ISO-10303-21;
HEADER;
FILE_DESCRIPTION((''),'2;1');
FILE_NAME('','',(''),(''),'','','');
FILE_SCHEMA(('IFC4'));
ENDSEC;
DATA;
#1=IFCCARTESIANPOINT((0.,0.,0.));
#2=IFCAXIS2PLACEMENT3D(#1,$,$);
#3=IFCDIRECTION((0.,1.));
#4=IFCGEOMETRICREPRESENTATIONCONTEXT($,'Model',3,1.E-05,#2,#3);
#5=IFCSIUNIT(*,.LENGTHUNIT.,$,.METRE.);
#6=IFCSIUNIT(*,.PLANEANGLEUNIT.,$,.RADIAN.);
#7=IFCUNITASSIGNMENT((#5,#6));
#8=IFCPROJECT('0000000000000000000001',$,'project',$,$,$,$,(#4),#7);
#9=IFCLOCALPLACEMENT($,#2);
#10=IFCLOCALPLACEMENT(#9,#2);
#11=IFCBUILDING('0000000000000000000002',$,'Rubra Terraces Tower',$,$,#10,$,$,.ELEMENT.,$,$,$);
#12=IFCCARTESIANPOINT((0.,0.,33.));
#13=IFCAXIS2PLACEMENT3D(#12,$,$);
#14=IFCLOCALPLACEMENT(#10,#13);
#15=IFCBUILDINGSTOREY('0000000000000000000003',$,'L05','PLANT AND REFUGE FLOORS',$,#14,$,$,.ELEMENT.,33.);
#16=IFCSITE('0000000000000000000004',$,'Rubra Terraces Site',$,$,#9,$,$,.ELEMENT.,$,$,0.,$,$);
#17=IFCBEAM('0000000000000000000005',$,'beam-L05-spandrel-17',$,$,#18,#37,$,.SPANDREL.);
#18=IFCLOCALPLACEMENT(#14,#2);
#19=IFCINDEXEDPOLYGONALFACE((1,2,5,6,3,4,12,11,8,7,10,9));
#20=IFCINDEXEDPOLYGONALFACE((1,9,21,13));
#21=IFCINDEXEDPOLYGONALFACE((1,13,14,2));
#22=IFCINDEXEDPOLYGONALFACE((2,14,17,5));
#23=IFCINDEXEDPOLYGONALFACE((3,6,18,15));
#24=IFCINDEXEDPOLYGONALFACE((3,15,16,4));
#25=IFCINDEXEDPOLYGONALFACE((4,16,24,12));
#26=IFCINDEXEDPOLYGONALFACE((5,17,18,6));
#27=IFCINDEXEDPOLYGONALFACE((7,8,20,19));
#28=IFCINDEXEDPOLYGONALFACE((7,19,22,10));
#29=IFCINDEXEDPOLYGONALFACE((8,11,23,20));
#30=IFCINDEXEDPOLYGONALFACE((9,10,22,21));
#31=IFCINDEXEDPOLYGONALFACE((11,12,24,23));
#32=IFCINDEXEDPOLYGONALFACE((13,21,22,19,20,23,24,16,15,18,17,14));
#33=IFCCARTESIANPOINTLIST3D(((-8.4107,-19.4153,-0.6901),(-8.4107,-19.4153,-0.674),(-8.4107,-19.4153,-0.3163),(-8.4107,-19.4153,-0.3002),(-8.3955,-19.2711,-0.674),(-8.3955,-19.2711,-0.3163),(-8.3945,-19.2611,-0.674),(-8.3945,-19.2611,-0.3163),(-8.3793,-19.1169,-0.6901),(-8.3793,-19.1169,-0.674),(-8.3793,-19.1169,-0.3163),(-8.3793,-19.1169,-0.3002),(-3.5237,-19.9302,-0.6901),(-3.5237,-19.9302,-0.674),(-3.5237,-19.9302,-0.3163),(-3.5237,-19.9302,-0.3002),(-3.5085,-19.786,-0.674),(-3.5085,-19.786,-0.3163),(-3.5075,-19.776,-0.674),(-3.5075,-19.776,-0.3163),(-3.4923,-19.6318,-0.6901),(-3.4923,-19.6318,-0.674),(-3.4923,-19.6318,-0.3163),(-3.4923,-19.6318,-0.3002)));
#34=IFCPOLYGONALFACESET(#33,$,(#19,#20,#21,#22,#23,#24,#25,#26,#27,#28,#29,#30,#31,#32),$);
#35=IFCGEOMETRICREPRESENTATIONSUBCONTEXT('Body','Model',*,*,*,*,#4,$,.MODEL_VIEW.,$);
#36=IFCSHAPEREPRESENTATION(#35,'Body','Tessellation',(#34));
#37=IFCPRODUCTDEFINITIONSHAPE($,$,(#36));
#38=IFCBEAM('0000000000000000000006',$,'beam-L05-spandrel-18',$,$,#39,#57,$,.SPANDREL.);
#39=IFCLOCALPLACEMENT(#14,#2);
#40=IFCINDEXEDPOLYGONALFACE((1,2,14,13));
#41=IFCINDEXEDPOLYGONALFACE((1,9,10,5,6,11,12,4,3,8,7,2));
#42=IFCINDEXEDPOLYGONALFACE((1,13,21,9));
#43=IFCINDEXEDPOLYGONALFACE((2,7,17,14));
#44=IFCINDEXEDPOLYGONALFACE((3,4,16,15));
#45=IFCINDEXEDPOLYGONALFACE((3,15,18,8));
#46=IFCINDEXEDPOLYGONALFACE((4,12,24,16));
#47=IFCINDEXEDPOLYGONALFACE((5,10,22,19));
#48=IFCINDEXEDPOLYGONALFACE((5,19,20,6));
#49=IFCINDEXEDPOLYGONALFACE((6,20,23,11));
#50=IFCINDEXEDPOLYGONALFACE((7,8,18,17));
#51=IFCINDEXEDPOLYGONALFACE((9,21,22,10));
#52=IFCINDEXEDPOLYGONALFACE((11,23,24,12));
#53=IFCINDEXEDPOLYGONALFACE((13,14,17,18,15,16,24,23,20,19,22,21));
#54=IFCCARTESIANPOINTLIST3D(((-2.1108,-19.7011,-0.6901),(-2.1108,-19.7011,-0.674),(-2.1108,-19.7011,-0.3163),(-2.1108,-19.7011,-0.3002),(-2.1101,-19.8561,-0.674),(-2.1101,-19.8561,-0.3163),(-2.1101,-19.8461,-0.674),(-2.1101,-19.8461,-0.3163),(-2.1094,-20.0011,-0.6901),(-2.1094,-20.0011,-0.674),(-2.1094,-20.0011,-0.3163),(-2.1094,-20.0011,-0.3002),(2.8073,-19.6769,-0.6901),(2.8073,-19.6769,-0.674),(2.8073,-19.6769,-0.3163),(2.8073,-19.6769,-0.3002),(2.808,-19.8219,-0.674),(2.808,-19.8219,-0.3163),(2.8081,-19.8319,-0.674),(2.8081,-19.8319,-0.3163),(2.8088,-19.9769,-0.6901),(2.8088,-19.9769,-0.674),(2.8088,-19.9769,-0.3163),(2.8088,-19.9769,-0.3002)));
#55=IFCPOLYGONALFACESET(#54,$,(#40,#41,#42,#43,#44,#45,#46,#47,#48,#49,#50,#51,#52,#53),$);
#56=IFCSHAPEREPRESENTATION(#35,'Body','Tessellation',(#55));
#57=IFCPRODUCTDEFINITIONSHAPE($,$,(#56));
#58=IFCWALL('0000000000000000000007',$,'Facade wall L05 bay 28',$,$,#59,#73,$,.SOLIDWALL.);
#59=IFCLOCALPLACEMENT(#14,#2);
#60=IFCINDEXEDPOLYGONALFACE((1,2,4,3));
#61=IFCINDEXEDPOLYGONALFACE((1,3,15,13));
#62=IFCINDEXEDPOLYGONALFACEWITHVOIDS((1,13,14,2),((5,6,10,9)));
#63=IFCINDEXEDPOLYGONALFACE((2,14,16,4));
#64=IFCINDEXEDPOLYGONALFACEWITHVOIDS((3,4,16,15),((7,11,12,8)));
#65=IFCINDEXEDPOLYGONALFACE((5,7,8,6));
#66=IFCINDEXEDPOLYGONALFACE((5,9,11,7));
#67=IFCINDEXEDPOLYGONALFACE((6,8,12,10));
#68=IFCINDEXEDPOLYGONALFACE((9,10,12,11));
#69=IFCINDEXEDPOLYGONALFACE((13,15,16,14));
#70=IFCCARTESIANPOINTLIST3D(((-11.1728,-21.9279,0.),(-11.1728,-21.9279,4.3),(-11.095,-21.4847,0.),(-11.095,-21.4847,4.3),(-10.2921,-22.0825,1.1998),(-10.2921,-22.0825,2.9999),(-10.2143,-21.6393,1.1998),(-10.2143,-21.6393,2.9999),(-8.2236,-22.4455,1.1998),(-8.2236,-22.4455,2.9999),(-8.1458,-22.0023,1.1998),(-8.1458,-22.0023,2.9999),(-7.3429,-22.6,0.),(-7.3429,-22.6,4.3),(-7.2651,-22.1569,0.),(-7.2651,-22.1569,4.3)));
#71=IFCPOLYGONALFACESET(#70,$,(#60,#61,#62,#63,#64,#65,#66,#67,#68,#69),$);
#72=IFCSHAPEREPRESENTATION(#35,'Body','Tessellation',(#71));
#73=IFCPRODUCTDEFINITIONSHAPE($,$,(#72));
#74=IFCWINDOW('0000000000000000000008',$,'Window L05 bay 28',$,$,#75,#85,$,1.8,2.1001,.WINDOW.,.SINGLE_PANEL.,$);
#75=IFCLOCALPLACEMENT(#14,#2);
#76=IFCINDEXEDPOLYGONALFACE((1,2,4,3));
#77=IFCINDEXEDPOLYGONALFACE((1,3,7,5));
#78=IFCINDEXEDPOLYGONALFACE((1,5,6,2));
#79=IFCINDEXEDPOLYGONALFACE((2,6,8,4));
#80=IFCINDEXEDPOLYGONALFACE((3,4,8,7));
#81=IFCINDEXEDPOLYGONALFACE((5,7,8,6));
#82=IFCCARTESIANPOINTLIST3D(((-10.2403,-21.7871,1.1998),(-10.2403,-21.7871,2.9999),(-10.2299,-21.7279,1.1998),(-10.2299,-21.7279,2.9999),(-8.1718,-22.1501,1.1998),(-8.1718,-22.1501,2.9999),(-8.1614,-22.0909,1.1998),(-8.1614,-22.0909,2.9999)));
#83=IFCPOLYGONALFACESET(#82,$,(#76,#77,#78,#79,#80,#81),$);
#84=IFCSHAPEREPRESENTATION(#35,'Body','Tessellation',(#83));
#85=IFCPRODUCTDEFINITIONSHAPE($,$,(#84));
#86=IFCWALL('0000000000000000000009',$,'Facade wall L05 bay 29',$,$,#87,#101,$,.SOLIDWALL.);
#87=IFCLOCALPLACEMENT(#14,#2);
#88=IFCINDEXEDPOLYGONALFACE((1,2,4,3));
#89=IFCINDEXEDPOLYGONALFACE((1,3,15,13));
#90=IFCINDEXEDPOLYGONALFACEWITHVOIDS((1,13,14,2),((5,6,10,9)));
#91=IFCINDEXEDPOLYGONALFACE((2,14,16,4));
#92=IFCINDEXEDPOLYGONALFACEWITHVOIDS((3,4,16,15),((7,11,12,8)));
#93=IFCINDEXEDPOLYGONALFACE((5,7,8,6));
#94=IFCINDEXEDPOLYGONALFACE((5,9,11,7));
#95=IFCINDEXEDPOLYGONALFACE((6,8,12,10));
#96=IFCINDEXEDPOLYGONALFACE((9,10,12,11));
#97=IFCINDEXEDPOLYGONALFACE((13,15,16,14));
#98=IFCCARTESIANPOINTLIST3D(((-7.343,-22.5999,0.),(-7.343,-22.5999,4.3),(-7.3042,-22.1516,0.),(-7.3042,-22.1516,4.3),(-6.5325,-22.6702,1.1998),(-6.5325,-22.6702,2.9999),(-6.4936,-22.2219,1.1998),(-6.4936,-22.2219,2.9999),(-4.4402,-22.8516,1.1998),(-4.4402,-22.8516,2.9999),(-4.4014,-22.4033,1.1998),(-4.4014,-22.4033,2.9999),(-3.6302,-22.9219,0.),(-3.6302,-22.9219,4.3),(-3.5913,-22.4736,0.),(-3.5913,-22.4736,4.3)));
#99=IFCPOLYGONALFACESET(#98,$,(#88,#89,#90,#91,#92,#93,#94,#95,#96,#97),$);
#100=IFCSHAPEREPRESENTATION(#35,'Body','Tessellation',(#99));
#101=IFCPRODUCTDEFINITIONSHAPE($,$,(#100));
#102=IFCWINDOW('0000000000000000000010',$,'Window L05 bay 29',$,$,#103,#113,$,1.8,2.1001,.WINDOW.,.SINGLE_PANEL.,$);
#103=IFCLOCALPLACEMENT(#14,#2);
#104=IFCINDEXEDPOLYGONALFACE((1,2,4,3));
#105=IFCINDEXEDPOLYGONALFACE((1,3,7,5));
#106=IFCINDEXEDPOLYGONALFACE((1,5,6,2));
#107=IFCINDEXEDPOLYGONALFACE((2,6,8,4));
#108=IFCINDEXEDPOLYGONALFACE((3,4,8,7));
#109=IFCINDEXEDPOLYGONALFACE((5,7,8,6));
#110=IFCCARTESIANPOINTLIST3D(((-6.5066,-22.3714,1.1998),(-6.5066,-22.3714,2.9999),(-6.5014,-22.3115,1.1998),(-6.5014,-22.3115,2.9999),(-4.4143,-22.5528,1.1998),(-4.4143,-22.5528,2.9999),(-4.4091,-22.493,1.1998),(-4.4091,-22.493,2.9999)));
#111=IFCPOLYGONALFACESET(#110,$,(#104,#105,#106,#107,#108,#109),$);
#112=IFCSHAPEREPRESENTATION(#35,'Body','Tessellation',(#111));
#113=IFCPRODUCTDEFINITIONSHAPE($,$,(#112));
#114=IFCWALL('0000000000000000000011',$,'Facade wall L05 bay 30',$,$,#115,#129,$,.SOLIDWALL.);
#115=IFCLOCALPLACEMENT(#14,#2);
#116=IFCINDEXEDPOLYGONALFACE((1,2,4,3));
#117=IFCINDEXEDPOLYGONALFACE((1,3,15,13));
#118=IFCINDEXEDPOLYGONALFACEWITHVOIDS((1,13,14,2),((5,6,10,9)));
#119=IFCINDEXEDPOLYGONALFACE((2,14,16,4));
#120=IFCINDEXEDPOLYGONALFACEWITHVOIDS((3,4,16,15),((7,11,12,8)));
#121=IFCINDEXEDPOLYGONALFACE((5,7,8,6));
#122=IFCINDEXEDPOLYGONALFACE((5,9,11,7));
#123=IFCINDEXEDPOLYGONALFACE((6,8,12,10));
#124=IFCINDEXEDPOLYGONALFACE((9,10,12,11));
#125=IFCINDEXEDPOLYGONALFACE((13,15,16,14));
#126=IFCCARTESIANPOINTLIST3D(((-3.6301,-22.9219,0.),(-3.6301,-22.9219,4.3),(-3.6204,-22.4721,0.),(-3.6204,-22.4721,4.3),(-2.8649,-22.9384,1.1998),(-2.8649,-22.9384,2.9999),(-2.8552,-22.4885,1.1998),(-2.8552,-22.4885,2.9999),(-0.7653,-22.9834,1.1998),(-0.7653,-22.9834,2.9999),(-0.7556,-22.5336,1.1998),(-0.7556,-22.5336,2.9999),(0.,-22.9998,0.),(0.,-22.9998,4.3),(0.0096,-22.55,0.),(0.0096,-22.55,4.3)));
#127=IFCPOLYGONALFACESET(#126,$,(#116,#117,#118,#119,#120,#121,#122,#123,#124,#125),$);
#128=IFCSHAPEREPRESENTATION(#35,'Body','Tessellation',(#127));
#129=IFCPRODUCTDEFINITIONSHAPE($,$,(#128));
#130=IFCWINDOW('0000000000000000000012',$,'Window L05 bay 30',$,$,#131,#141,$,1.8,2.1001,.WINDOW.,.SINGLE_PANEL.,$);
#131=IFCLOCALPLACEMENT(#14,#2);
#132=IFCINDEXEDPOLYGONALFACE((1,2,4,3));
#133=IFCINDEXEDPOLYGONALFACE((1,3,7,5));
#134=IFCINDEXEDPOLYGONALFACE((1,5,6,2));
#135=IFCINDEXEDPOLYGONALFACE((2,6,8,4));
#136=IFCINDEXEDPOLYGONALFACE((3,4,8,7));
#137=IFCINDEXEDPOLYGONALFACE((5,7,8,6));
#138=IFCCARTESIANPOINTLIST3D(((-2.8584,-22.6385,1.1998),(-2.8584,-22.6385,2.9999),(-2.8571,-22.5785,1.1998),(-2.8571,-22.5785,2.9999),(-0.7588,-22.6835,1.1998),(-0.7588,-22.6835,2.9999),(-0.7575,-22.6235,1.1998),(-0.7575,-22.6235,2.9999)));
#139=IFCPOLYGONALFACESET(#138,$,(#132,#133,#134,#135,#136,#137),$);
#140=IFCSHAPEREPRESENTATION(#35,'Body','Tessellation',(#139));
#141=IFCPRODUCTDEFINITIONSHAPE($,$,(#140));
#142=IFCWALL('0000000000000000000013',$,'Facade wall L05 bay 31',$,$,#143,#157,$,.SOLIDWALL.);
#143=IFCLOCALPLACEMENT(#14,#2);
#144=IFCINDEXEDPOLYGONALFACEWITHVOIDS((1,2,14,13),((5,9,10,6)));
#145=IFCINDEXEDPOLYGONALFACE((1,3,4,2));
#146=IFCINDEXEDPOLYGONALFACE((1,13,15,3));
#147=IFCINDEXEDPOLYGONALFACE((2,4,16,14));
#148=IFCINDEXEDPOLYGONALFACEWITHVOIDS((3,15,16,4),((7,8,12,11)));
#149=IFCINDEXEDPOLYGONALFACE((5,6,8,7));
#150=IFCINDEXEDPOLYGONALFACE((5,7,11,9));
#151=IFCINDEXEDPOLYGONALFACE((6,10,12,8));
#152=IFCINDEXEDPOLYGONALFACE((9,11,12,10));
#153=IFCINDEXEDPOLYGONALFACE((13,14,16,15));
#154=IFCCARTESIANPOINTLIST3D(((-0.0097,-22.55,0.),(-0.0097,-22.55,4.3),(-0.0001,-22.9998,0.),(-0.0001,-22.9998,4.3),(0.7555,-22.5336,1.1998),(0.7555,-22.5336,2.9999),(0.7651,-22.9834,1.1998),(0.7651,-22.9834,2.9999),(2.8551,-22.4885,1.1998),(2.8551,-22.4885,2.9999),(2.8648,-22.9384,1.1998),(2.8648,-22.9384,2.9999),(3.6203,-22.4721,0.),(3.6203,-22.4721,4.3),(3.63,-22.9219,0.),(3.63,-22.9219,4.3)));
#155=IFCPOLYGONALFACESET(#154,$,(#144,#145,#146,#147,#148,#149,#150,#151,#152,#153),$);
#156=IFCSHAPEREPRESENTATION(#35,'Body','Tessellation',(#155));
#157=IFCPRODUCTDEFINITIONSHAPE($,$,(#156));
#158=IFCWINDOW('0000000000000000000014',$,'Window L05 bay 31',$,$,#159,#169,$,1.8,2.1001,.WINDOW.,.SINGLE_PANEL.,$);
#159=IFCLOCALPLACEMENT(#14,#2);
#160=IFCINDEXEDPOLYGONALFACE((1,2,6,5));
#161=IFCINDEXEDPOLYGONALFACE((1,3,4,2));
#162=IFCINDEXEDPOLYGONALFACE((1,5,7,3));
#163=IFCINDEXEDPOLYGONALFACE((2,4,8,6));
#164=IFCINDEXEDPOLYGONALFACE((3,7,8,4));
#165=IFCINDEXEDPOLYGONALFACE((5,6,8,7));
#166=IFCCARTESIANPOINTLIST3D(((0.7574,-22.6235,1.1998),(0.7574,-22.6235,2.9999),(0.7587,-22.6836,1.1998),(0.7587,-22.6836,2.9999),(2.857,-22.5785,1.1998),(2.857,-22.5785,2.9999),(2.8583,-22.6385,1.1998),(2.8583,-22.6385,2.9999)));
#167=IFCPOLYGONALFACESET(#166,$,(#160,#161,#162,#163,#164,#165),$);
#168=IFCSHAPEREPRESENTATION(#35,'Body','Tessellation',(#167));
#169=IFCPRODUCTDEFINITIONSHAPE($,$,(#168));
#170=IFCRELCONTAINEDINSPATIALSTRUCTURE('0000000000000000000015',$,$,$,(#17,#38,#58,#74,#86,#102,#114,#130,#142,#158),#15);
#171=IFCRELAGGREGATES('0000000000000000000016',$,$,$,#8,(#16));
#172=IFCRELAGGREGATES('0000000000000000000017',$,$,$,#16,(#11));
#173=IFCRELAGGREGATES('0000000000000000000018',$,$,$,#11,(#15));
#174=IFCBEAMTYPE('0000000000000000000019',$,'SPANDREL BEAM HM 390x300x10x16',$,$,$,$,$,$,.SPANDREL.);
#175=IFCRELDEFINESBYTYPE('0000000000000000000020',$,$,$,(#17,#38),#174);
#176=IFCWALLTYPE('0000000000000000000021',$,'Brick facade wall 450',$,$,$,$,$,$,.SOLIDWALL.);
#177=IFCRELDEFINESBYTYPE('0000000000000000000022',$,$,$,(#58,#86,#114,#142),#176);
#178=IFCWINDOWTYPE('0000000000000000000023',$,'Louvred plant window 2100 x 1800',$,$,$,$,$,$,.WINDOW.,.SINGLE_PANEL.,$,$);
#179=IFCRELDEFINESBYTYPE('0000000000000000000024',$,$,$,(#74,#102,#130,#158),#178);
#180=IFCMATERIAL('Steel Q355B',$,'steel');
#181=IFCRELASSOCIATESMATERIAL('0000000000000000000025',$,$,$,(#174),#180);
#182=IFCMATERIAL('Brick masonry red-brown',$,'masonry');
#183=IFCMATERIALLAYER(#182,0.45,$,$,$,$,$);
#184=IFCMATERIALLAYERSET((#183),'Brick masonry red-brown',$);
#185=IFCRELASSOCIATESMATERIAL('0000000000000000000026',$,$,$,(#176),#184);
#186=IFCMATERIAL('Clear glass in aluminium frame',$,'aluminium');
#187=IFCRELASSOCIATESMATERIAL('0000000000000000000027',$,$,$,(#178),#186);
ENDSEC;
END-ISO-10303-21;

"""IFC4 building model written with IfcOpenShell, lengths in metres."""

from ifc_helpers import new_model, si_unit, direction, frame, frame_2d, origin, origin_2d, place, context, subcontext, project, spatial, rectangle, i_section, extrude, material, layer, layer_set, material_profile, profile_set, type_object, element, fill, save


model = new_model("IFC4")

# Units and contexts
model_context = context("Model", 3, precision=1e-05, world=origin(), true_north=direction((0.0, 1.0)))
body_context = subcontext(model_context, "Body", "Model", "MODEL_VIEW")
ifc_project = project(units=[si_unit("LENGTHUNIT", "METRE"), si_unit("PLANEANGLEUNIT", "RADIAN")], contexts=[model_context])

# Site, building, storey
site_placement = place(None, origin())
site = spatial("IfcSite", under=ifc_project, at=site_placement, Name="Rubra Terraces Site", CompositionType="ELEMENT", RefElevation=0.0)
building_placement = place(site_placement, origin())
building = spatial("IfcBuilding", under=site, at=building_placement, Name="Rubra Terraces Tower", CompositionType="ELEMENT")
storey_placement = place(building_placement, frame((0.0, 0.0, 33.0)))
storey = spatial("IfcBuildingStorey", under=building, at=storey_placement, Name="L05", Description="PLANT AND REFUGE FLOORS", CompositionType="ELEMENT", Elevation=33.0)

# Shared definitions
ifc_material_1 = material(Name="Steel Q355B", Category="steel")

# Beams
ifc_material_profile_1 = material_profile(ifc_material_1, i_section(OverallWidth=0.3, OverallDepth=0.3899, WebThickness=0.01, FlangeThickness=0.0161, at=origin_2d()), Name="HM 390x300x10x16")
ifc_profile_set_1 = profile_set([ifc_material_profile_1], Name="Steel Q355B")
beam_type_1 = type_object("IfcBeamType", Name="SPANDREL BEAM HM 390x300x10x16", PredefinedType="SPANDREL", material=ifc_profile_set_1)
beam_1_placement = place(storey_placement, frame((-8.395, -19.2661, -0.4951), z_axis=(0.994495, -0.10478, 0.0), x_axis=(0.10478, 0.994495, 0.0)))
element("IfcBeam", 1, at=beam_1_placement, inside=storey, type_object=beam_type_1, Name="beam-L05-spandrel-17", PredefinedType="SPANDREL", context=body_context, shape_type="SweptSolid", body=[
    extrude(i_section(OverallWidth=0.3, OverallDepth=0.3899, WebThickness=0.01, FlangeThickness=0.0161, at=origin_2d()), origin(), (0.0, 0.0, 1.0), 4.9141),
])
beam_2_placement = place(storey_placement, frame((-2.1101, -19.8511, -0.4951), z_axis=(0.999988, 0.004914, 0.0), x_axis=(-0.004914, 0.999988, 0.0)))
element("IfcBeam", 2, at=beam_2_placement, inside=storey, type_object=beam_type_1, Name="beam-L05-spandrel-18", PredefinedType="SPANDREL", context=body_context, shape_type="SweptSolid", body=[
    extrude(i_section(OverallWidth=0.3, OverallDepth=0.3899, WebThickness=0.01, FlangeThickness=0.0161, at=origin_2d()), origin(), (0.0, 0.0, 1.0), 4.9182),
])

# Walls, openings, windows
ifc_material_2 = material(Name="Brick masonry red-brown", Category="masonry")
ifc_layer_1 = layer(ifc_material_2, 0.45)
ifc_layer_set_1 = layer_set([ifc_layer_1], Name="Brick masonry red-brown")
wall_type_1 = type_object("IfcWallType", Name="Brick facade wall 450", PredefinedType="SOLIDWALL", material=ifc_layer_set_1)
wall_1_placement = place(storey_placement, frame((-11.134, -21.7063, 0.0), z_axis=(0.0, 0.0, 1.0), x_axis=(0.984947, -0.172854, 0.0)))
wall_1 = element("IfcWall", 3, at=wall_1_placement, inside=storey, type_object=wall_type_1, Name="Facade wall L05 bay 28", PredefinedType="SOLIDWALL", context=body_context, shape_type="SweptSolid", body=[
    extrude(rectangle(XDim=3.8884, YDim=0.45, at=frame_2d((1.9443, 0.0))), origin(), (0.0, 0.0, 1.0), 4.3),
])
opening_1_placement = place(wall_1_placement, frame((0.8943, 0.0, 1.2)))
opening_1 = element("IfcOpeningElement", 4, at=opening_1_placement, cuts=wall_1, PredefinedType="OPENING", context=body_context, shape_type="SweptSolid", body=[
    extrude(rectangle(XDim=2.1001, YDim=1.8, at=frame_2d((1.05, 0.8999))), frame((0.0, 0.2349, 0.0), z_axis=(0.0, -1.0, 0.0), x_axis=(1.0, 0.0, 0.0)), (0.0, 0.0, 1.0), 0.47),
])
ifc_material_3 = material(Name="Clear glass in aluminium frame", Category="aluminium")
window_type = type_object("IfcWindowType", Name="Louvred plant window 2100 x 1800", PartitioningType="SINGLE_PANEL", PredefinedType="WINDOW", material=ifc_material_3)
window_1_placement = place(opening_1_placement, origin())
window_1 = element("IfcWindow", 5, at=window_1_placement, inside=storey, type_object=window_type, Name="Window L05 bay 28", OverallHeight=1.8, OverallWidth=2.1001, PartitioningType="SINGLE_PANEL", PredefinedType="WINDOW", context=body_context, shape_type="SweptSolid", body=[
    extrude(rectangle(XDim=2.1001, YDim=1.8, at=frame_2d((1.05, 0.8999))), frame((0.0, 0.135, 0.0), z_axis=(0.0, -1.0, 0.0), x_axis=(1.0, 0.0, 0.0)), (0.0, 0.0, 1.0), 0.0601),
])
fill(opening_1, window_1)
wall_2_placement = place(storey_placement, frame((-7.3235, -22.3757, 0.0), z_axis=(0.0, 0.0, 1.0), x_axis=(0.99626, -0.086406, 0.0)))
wall_2 = element("IfcWall", 6, at=wall_2_placement, inside=storey, type_object=wall_type_1, Name="Facade wall L05 bay 29", PredefinedType="SOLIDWALL", context=body_context, shape_type="SweptSolid", body=[
    extrude(rectangle(XDim=3.7268, YDim=0.45, at=frame_2d((1.8633, 0.0))), origin(), (0.0, 0.0, 1.0), 4.3),
])
opening_2_placement = place(wall_2_placement, frame((0.8135, 0.0, 1.2)))
opening_2 = element("IfcOpeningElement", 7, at=opening_2_placement, cuts=wall_2, PredefinedType="OPENING", context=body_context, shape_type="SweptSolid", body=[
    extrude(rectangle(XDim=2.1001, YDim=1.8, at=frame_2d((1.05, 0.8999))), frame((0.0, 0.2349, 0.0), z_axis=(0.0, -1.0, 0.0), x_axis=(1.0, 0.0, 0.0)), (0.0, 0.0, 1.0), 0.47),
])
window_2_placement = place(opening_2_placement, origin())
window_2 = element("IfcWindow", 8, at=window_2_placement, inside=storey, type_object=window_type, Name="Window L05 bay 29", OverallHeight=1.8, OverallWidth=2.1001, PartitioningType="SINGLE_PANEL", PredefinedType="WINDOW", context=body_context, shape_type="SweptSolid", body=[
    extrude(rectangle(XDim=2.1001, YDim=1.8, at=frame_2d((1.05, 0.8999))), frame((0.0, 0.135, 0.0), z_axis=(0.0, -1.0, 0.0), x_axis=(1.0, 0.0, 0.0)), (0.0, 0.0, 1.0), 0.0601),
])
fill(opening_2, window_2)
wall_3_placement = place(storey_placement, frame((-3.6252, -22.697, 0.0), z_axis=(0.0, 0.0, 1.0), x_axis=(0.99977, -0.021449, 0.0)))
wall_3 = element("IfcWall", 9, at=wall_3_placement, inside=storey, type_object=wall_type_1, Name="Facade wall L05 bay 30", PredefinedType="SOLIDWALL", context=body_context, shape_type="SweptSolid", body=[
    extrude(rectangle(XDim=3.6309, YDim=0.45, at=frame_2d((1.8154, 0.0))), origin(), (0.0, 0.0, 1.0), 4.3),
])
opening_3_placement = place(wall_3_placement, frame((0.7654, 0.0, 1.2)))
opening_3 = element("IfcOpeningElement", 10, at=opening_3_placement, cuts=wall_3, PredefinedType="OPENING", context=body_context, shape_type="SweptSolid", body=[
    extrude(rectangle(XDim=2.1001, YDim=1.8, at=frame_2d((1.05, 0.8999))), frame((0.0, 0.2349, 0.0), z_axis=(0.0, -1.0, 0.0), x_axis=(1.0, 0.0, 0.0)), (0.0, 0.0, 1.0), 0.47),
])
window_3_placement = place(opening_3_placement, origin())
window_3 = element("IfcWindow", 11, at=window_3_placement, inside=storey, type_object=window_type, Name="Window L05 bay 30", OverallHeight=1.8, OverallWidth=2.1001, PartitioningType="SINGLE_PANEL", PredefinedType="WINDOW", context=body_context, shape_type="SweptSolid", body=[
    extrude(rectangle(XDim=2.1001, YDim=1.8, at=frame_2d((1.05, 0.8999))), frame((0.0, 0.135, 0.0), z_axis=(0.0, -1.0, 0.0), x_axis=(1.0, 0.0, 0.0)), (0.0, 0.0, 1.0), 0.0601),
])
fill(opening_3, window_3)
wall_4_placement = place(storey_placement, frame((-0.0049, -22.7749, 0.0), z_axis=(0.0, 0.0, 1.0), x_axis=(0.99977, 0.021449, 0.0)))
wall_4 = element("IfcWall", 12, at=wall_4_placement, inside=storey, type_object=wall_type_1, Name="Facade wall L05 bay 31", PredefinedType="SOLIDWALL", context=body_context, shape_type="SweptSolid", body=[
    extrude(rectangle(XDim=3.6309, YDim=0.45, at=frame_2d((1.8154, 0.0))), origin(), (0.0, 0.0, 1.0), 4.3),
])
opening_4_placement = place(wall_4_placement, frame((0.7654, 0.0, 1.2)))
opening_4 = element("IfcOpeningElement", 13, at=opening_4_placement, cuts=wall_4, PredefinedType="OPENING", context=body_context, shape_type="SweptSolid", body=[
    extrude(rectangle(XDim=2.1001, YDim=1.8, at=frame_2d((1.05, 0.8999))), frame((0.0, 0.2349, 0.0), z_axis=(0.0, -1.0, 0.0), x_axis=(1.0, 0.0, 0.0)), (0.0, 0.0, 1.0), 0.47),
])
window_4_placement = place(opening_4_placement, origin())
window_4 = element("IfcWindow", 14, at=window_4_placement, inside=storey, type_object=window_type, Name="Window L05 bay 31", OverallHeight=1.8, OverallWidth=2.1001, PartitioningType="SINGLE_PANEL", PredefinedType="WINDOW", context=body_context, shape_type="SweptSolid", body=[
    extrude(rectangle(XDim=2.1001, YDim=1.8, at=frame_2d((1.05, 0.8999))), frame((0.0, 0.135, 0.0), z_axis=(0.0, -1.0, 0.0), x_axis=(1.0, 0.0, 0.0)), (0.0, 0.0, 1.0), 0.0601),
])
fill(opening_4, window_4)

save(model, "model.ifc")
